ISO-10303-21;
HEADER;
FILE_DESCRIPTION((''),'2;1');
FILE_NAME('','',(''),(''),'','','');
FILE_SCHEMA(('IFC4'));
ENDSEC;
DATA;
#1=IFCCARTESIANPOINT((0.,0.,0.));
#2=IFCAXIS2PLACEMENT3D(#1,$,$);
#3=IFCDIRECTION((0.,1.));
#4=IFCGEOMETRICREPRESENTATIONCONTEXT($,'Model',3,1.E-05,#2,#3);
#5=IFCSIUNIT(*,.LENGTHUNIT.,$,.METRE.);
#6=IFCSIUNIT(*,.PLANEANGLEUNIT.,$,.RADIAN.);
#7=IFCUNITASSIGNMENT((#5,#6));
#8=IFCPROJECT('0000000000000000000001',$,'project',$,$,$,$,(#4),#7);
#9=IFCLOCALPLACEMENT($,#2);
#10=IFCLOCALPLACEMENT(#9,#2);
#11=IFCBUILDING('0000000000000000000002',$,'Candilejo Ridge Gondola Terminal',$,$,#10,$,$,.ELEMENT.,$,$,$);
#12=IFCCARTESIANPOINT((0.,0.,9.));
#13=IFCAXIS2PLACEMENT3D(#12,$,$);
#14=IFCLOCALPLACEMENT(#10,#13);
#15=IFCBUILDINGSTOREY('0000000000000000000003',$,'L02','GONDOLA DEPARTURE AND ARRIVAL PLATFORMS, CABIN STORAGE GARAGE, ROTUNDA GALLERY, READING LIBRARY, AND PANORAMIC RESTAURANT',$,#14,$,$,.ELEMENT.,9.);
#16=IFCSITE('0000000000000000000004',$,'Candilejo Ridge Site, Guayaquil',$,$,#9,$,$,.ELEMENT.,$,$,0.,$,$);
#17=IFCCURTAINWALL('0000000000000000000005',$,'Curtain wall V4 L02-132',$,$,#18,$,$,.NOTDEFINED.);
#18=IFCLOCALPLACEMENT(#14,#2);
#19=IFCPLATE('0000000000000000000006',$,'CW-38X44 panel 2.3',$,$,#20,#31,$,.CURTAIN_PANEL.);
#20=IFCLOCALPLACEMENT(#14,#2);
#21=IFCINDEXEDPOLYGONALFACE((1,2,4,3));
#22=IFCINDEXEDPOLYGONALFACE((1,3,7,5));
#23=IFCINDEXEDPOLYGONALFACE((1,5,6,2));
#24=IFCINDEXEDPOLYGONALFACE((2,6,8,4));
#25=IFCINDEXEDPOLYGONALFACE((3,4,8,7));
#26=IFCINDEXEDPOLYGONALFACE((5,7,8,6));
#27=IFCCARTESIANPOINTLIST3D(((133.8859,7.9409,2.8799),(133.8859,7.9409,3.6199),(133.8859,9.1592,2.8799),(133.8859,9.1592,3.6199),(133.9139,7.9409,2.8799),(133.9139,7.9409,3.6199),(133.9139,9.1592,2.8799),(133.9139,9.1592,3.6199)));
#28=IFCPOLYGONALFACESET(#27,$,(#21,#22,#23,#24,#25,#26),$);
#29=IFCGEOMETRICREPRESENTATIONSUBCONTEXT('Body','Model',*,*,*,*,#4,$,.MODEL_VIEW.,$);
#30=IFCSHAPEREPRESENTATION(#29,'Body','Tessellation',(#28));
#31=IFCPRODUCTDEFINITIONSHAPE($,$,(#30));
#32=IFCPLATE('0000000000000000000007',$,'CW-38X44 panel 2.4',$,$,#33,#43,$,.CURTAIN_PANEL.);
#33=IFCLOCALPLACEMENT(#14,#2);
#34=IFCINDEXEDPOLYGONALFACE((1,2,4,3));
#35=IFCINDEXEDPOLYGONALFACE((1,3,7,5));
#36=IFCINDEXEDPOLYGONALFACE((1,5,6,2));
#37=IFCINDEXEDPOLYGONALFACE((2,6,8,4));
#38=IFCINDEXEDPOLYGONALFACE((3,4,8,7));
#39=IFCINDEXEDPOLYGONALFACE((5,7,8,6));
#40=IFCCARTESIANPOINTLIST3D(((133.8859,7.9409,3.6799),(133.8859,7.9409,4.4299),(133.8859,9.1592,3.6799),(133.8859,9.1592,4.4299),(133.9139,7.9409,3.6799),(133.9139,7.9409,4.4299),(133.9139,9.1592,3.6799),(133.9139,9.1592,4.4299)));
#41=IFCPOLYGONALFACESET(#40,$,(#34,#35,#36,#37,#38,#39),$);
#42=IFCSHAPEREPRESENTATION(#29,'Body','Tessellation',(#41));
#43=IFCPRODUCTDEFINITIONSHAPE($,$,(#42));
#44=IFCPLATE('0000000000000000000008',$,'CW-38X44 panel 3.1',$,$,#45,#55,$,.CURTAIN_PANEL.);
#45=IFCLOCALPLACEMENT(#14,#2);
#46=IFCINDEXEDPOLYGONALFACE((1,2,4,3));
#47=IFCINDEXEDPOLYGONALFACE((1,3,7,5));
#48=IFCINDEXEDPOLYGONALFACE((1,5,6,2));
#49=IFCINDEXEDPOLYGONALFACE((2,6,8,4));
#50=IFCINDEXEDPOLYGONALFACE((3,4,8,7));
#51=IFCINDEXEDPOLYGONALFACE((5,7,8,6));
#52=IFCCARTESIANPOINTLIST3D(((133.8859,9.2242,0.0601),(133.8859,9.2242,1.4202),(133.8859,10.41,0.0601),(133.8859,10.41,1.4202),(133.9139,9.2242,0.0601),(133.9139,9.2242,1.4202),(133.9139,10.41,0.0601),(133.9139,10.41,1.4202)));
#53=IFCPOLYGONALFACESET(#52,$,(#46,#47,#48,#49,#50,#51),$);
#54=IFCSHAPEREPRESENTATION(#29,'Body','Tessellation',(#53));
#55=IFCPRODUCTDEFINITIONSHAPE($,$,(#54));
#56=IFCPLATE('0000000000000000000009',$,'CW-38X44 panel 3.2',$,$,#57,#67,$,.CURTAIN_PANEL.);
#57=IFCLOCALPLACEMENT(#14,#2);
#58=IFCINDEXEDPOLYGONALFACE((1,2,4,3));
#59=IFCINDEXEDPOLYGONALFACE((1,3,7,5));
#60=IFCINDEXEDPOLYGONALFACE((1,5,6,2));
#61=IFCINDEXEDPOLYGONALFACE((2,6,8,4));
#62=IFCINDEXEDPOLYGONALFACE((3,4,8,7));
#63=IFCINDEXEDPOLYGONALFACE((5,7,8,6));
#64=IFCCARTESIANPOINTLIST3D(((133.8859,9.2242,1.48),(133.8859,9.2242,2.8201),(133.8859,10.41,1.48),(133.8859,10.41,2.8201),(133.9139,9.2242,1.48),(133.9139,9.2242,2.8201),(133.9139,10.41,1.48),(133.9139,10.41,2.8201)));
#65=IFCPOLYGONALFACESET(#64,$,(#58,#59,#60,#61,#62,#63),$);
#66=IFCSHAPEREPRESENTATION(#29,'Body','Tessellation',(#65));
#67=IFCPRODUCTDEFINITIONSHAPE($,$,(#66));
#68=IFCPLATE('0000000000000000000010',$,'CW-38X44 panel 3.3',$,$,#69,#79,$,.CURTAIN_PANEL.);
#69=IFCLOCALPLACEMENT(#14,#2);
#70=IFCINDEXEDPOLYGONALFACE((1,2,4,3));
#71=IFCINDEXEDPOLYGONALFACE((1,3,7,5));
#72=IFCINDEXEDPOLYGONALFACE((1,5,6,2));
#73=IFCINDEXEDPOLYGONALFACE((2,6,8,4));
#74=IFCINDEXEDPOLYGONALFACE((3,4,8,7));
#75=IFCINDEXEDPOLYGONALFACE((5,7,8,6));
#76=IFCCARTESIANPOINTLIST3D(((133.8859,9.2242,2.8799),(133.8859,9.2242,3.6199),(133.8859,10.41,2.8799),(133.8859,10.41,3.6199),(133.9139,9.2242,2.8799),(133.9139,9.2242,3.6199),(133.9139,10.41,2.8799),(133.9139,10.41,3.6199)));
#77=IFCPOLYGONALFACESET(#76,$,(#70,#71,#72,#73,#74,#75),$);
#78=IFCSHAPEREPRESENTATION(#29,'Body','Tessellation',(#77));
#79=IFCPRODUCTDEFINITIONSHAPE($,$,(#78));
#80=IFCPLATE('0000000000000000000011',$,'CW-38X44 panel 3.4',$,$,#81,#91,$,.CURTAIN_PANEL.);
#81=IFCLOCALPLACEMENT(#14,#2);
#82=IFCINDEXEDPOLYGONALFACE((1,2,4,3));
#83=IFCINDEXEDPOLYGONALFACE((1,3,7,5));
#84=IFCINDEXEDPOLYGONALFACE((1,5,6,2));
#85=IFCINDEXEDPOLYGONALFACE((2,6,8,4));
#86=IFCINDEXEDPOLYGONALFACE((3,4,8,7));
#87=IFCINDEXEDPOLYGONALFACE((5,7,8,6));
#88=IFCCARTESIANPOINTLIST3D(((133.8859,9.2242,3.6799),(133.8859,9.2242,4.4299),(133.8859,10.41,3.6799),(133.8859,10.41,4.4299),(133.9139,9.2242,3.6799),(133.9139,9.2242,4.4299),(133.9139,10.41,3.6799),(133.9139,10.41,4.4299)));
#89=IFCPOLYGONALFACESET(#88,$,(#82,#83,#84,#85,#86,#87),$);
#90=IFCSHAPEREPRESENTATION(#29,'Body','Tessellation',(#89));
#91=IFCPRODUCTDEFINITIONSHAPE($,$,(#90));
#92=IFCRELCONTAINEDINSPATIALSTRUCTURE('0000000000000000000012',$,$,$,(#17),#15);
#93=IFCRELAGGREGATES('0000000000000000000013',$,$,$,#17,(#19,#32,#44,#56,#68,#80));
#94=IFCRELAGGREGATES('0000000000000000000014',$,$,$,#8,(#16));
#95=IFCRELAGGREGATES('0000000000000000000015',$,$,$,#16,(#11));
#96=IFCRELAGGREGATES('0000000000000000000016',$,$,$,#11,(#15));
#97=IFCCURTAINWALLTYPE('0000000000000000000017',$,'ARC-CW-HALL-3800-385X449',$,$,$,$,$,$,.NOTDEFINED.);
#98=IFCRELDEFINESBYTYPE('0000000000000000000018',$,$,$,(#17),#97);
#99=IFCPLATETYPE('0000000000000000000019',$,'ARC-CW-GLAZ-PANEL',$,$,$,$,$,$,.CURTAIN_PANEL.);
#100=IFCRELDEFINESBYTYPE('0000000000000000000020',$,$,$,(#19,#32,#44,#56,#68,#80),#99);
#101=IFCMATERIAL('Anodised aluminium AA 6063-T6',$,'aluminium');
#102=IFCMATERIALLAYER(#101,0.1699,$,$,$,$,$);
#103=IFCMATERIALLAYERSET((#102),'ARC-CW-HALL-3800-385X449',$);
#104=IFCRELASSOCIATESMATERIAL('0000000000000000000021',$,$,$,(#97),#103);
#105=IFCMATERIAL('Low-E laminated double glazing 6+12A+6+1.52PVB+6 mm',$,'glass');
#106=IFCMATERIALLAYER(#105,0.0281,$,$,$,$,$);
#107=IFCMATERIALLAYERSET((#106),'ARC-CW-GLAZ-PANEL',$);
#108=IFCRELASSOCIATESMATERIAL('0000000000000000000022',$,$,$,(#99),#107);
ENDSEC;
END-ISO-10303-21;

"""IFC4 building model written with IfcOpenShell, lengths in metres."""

from ifc_helpers import new_model, si_unit, direction, frame, origin, origin_2d, place, context, subcontext, project, spatial, rectangle, extrude, material, layer, layer_set, type_object, element, aggregate, save


model = new_model("IFC4")

# Units and contexts
model_context = context("Model", 3, precision=1e-05, world=origin(), true_north=direction((0.0, 1.0)))
body_context = subcontext(model_context, "Body", "Model", "MODEL_VIEW")
ifc_project = project(units=[si_unit("LENGTHUNIT", "METRE"), si_unit("PLANEANGLEUNIT", "RADIAN")], contexts=[model_context])

# Site, building, storey
site_placement = place(None, origin())
site = spatial("IfcSite", under=ifc_project, at=site_placement, Name="Candilejo Ridge Site, Guayaquil", CompositionType="ELEMENT", RefElevation=0.0)
building_placement = place(site_placement, origin())
building = spatial("IfcBuilding", under=site, at=building_placement, Name="Candilejo Ridge Gondola Terminal", CompositionType="ELEMENT")
storey_placement = place(building_placement, frame((0.0, 0.0, 9.0)))
storey = spatial("IfcBuildingStorey", under=building, at=storey_placement, Name="L02", Description="GONDOLA DEPARTURE AND ARRIVAL PLATFORMS, CABIN STORAGE GARAGE, ROTUNDA GALLERY, READING LIBRARY, AND PANORAMIC RESTAURANT", CompositionType="ELEMENT", Elevation=9.0)

# Curtain wall
ifc_material_1 = material(Name="Anodised aluminium AA 6063-T6", Category="aluminium")
ifc_layer_1 = layer(ifc_material_1, 0.1699)
ifc_layer_set_1 = layer_set([ifc_layer_1], Name="ARC-CW-HALL-3800-385X449")
curtain_wall_type = type_object("IfcCurtainWallType", Name="ARC-CW-HALL-3800-385X449", PredefinedType="NOTDEFINED", material=ifc_layer_set_1)
curtain_wall_placement = place(storey_placement, origin())
curtain_wall = element("IfcCurtainWall", 1, at=curtain_wall_placement, inside=storey, type_object=curtain_wall_type, Name="Curtain wall V4 L02-132", PredefinedType="NOTDEFINED")

# Plates
ifc_material_2 = material(Name="Low-E laminated double glazing 6+12A+6+1.52PVB+6 mm", Category="glass")
ifc_layer_2 = layer(ifc_material_2, 0.0281)
ifc_layer_set_2 = layer_set([ifc_layer_2], Name="ARC-CW-GLAZ-PANEL")
plate_type = type_object("IfcPlateType", Name="ARC-CW-GLAZ-PANEL", PredefinedType="CURTAIN_PANEL", material=ifc_layer_set_2)
plate_1_placement = place(storey_placement, frame((133.8999, 8.55, 2.8799), z_axis=(0.0, 0.0, 1.0), x_axis=(0.0, 1.0, 0.0)))
plate_1 = element("IfcPlate", 2, at=plate_1_placement, type_object=plate_type, Name="CW-38X44 panel 2.3", PredefinedType="CURTAIN_PANEL", context=body_context, shape_type="SweptSolid", body=[
    extrude(rectangle(XDim=1.2183, YDim=0.0281, at=origin_2d()), origin(), (0.0, 0.0, 1.0), 0.74),
])
plate_2_placement = place(storey_placement, frame((133.8999, 8.55, 3.6799), z_axis=(0.0, 0.0, 1.0), x_axis=(0.0, 1.0, 0.0)))
plate_2 = element("IfcPlate", 3, at=plate_2_placement, type_object=plate_type, Name="CW-38X44 panel 2.4", PredefinedType="CURTAIN_PANEL", context=body_context, shape_type="SweptSolid", body=[
    extrude(rectangle(XDim=1.2183, YDim=0.0281, at=origin_2d()), origin(), (0.0, 0.0, 1.0), 0.75),
])
plate_3_placement = place(storey_placement, frame((133.8999, 9.8171, 0.0601), z_axis=(0.0, 0.0, 1.0), x_axis=(0.0, 1.0, 0.0)))
plate_3 = element("IfcPlate", 4, at=plate_3_placement, type_object=plate_type, Name="CW-38X44 panel 3.1", PredefinedType="CURTAIN_PANEL", context=body_context, shape_type="SweptSolid", body=[
    extrude(rectangle(XDim=1.1858, YDim=0.0281, at=origin_2d()), origin(), (0.0, 0.0, 1.0), 1.3601),
])
plate_4_placement = place(storey_placement, frame((133.8999, 9.8171, 1.48), z_axis=(0.0, 0.0, 1.0), x_axis=(0.0, 1.0, 0.0)))
plate_4 = element("IfcPlate", 5, at=plate_4_placement, type_object=plate_type, Name="CW-38X44 panel 3.2", PredefinedType="CURTAIN_PANEL", context=body_context, shape_type="SweptSolid", body=[
    extrude(rectangle(XDim=1.1858, YDim=0.0281, at=origin_2d()), origin(), (0.0, 0.0, 1.0), 1.3401),
])
plate_5_placement = place(storey_placement, frame((133.8999, 9.8171, 2.8799), z_axis=(0.0, 0.0, 1.0), x_axis=(0.0, 1.0, 0.0)))
plate_5 = element("IfcPlate", 6, at=plate_5_placement, type_object=plate_type, Name="CW-38X44 panel 3.3", PredefinedType="CURTAIN_PANEL", context=body_context, shape_type="SweptSolid", body=[
    extrude(rectangle(XDim=1.1858, YDim=0.0281, at=origin_2d()), origin(), (0.0, 0.0, 1.0), 0.74),
])
plate_6_placement = place(storey_placement, frame((133.8999, 9.8171, 3.6799), z_axis=(0.0, 0.0, 1.0), x_axis=(0.0, 1.0, 0.0)))
plate_6 = element("IfcPlate", 7, at=plate_6_placement, type_object=plate_type, Name="CW-38X44 panel 3.4", PredefinedType="CURTAIN_PANEL", context=body_context, shape_type="SweptSolid", body=[
    extrude(rectangle(XDim=1.1858, YDim=0.0281, at=origin_2d()), origin(), (0.0, 0.0, 1.0), 0.75),
])
aggregate(curtain_wall, [plate_1, plate_2, plate_3, plate_4, plate_5, plate_6])

save(model, "model.ifc")
